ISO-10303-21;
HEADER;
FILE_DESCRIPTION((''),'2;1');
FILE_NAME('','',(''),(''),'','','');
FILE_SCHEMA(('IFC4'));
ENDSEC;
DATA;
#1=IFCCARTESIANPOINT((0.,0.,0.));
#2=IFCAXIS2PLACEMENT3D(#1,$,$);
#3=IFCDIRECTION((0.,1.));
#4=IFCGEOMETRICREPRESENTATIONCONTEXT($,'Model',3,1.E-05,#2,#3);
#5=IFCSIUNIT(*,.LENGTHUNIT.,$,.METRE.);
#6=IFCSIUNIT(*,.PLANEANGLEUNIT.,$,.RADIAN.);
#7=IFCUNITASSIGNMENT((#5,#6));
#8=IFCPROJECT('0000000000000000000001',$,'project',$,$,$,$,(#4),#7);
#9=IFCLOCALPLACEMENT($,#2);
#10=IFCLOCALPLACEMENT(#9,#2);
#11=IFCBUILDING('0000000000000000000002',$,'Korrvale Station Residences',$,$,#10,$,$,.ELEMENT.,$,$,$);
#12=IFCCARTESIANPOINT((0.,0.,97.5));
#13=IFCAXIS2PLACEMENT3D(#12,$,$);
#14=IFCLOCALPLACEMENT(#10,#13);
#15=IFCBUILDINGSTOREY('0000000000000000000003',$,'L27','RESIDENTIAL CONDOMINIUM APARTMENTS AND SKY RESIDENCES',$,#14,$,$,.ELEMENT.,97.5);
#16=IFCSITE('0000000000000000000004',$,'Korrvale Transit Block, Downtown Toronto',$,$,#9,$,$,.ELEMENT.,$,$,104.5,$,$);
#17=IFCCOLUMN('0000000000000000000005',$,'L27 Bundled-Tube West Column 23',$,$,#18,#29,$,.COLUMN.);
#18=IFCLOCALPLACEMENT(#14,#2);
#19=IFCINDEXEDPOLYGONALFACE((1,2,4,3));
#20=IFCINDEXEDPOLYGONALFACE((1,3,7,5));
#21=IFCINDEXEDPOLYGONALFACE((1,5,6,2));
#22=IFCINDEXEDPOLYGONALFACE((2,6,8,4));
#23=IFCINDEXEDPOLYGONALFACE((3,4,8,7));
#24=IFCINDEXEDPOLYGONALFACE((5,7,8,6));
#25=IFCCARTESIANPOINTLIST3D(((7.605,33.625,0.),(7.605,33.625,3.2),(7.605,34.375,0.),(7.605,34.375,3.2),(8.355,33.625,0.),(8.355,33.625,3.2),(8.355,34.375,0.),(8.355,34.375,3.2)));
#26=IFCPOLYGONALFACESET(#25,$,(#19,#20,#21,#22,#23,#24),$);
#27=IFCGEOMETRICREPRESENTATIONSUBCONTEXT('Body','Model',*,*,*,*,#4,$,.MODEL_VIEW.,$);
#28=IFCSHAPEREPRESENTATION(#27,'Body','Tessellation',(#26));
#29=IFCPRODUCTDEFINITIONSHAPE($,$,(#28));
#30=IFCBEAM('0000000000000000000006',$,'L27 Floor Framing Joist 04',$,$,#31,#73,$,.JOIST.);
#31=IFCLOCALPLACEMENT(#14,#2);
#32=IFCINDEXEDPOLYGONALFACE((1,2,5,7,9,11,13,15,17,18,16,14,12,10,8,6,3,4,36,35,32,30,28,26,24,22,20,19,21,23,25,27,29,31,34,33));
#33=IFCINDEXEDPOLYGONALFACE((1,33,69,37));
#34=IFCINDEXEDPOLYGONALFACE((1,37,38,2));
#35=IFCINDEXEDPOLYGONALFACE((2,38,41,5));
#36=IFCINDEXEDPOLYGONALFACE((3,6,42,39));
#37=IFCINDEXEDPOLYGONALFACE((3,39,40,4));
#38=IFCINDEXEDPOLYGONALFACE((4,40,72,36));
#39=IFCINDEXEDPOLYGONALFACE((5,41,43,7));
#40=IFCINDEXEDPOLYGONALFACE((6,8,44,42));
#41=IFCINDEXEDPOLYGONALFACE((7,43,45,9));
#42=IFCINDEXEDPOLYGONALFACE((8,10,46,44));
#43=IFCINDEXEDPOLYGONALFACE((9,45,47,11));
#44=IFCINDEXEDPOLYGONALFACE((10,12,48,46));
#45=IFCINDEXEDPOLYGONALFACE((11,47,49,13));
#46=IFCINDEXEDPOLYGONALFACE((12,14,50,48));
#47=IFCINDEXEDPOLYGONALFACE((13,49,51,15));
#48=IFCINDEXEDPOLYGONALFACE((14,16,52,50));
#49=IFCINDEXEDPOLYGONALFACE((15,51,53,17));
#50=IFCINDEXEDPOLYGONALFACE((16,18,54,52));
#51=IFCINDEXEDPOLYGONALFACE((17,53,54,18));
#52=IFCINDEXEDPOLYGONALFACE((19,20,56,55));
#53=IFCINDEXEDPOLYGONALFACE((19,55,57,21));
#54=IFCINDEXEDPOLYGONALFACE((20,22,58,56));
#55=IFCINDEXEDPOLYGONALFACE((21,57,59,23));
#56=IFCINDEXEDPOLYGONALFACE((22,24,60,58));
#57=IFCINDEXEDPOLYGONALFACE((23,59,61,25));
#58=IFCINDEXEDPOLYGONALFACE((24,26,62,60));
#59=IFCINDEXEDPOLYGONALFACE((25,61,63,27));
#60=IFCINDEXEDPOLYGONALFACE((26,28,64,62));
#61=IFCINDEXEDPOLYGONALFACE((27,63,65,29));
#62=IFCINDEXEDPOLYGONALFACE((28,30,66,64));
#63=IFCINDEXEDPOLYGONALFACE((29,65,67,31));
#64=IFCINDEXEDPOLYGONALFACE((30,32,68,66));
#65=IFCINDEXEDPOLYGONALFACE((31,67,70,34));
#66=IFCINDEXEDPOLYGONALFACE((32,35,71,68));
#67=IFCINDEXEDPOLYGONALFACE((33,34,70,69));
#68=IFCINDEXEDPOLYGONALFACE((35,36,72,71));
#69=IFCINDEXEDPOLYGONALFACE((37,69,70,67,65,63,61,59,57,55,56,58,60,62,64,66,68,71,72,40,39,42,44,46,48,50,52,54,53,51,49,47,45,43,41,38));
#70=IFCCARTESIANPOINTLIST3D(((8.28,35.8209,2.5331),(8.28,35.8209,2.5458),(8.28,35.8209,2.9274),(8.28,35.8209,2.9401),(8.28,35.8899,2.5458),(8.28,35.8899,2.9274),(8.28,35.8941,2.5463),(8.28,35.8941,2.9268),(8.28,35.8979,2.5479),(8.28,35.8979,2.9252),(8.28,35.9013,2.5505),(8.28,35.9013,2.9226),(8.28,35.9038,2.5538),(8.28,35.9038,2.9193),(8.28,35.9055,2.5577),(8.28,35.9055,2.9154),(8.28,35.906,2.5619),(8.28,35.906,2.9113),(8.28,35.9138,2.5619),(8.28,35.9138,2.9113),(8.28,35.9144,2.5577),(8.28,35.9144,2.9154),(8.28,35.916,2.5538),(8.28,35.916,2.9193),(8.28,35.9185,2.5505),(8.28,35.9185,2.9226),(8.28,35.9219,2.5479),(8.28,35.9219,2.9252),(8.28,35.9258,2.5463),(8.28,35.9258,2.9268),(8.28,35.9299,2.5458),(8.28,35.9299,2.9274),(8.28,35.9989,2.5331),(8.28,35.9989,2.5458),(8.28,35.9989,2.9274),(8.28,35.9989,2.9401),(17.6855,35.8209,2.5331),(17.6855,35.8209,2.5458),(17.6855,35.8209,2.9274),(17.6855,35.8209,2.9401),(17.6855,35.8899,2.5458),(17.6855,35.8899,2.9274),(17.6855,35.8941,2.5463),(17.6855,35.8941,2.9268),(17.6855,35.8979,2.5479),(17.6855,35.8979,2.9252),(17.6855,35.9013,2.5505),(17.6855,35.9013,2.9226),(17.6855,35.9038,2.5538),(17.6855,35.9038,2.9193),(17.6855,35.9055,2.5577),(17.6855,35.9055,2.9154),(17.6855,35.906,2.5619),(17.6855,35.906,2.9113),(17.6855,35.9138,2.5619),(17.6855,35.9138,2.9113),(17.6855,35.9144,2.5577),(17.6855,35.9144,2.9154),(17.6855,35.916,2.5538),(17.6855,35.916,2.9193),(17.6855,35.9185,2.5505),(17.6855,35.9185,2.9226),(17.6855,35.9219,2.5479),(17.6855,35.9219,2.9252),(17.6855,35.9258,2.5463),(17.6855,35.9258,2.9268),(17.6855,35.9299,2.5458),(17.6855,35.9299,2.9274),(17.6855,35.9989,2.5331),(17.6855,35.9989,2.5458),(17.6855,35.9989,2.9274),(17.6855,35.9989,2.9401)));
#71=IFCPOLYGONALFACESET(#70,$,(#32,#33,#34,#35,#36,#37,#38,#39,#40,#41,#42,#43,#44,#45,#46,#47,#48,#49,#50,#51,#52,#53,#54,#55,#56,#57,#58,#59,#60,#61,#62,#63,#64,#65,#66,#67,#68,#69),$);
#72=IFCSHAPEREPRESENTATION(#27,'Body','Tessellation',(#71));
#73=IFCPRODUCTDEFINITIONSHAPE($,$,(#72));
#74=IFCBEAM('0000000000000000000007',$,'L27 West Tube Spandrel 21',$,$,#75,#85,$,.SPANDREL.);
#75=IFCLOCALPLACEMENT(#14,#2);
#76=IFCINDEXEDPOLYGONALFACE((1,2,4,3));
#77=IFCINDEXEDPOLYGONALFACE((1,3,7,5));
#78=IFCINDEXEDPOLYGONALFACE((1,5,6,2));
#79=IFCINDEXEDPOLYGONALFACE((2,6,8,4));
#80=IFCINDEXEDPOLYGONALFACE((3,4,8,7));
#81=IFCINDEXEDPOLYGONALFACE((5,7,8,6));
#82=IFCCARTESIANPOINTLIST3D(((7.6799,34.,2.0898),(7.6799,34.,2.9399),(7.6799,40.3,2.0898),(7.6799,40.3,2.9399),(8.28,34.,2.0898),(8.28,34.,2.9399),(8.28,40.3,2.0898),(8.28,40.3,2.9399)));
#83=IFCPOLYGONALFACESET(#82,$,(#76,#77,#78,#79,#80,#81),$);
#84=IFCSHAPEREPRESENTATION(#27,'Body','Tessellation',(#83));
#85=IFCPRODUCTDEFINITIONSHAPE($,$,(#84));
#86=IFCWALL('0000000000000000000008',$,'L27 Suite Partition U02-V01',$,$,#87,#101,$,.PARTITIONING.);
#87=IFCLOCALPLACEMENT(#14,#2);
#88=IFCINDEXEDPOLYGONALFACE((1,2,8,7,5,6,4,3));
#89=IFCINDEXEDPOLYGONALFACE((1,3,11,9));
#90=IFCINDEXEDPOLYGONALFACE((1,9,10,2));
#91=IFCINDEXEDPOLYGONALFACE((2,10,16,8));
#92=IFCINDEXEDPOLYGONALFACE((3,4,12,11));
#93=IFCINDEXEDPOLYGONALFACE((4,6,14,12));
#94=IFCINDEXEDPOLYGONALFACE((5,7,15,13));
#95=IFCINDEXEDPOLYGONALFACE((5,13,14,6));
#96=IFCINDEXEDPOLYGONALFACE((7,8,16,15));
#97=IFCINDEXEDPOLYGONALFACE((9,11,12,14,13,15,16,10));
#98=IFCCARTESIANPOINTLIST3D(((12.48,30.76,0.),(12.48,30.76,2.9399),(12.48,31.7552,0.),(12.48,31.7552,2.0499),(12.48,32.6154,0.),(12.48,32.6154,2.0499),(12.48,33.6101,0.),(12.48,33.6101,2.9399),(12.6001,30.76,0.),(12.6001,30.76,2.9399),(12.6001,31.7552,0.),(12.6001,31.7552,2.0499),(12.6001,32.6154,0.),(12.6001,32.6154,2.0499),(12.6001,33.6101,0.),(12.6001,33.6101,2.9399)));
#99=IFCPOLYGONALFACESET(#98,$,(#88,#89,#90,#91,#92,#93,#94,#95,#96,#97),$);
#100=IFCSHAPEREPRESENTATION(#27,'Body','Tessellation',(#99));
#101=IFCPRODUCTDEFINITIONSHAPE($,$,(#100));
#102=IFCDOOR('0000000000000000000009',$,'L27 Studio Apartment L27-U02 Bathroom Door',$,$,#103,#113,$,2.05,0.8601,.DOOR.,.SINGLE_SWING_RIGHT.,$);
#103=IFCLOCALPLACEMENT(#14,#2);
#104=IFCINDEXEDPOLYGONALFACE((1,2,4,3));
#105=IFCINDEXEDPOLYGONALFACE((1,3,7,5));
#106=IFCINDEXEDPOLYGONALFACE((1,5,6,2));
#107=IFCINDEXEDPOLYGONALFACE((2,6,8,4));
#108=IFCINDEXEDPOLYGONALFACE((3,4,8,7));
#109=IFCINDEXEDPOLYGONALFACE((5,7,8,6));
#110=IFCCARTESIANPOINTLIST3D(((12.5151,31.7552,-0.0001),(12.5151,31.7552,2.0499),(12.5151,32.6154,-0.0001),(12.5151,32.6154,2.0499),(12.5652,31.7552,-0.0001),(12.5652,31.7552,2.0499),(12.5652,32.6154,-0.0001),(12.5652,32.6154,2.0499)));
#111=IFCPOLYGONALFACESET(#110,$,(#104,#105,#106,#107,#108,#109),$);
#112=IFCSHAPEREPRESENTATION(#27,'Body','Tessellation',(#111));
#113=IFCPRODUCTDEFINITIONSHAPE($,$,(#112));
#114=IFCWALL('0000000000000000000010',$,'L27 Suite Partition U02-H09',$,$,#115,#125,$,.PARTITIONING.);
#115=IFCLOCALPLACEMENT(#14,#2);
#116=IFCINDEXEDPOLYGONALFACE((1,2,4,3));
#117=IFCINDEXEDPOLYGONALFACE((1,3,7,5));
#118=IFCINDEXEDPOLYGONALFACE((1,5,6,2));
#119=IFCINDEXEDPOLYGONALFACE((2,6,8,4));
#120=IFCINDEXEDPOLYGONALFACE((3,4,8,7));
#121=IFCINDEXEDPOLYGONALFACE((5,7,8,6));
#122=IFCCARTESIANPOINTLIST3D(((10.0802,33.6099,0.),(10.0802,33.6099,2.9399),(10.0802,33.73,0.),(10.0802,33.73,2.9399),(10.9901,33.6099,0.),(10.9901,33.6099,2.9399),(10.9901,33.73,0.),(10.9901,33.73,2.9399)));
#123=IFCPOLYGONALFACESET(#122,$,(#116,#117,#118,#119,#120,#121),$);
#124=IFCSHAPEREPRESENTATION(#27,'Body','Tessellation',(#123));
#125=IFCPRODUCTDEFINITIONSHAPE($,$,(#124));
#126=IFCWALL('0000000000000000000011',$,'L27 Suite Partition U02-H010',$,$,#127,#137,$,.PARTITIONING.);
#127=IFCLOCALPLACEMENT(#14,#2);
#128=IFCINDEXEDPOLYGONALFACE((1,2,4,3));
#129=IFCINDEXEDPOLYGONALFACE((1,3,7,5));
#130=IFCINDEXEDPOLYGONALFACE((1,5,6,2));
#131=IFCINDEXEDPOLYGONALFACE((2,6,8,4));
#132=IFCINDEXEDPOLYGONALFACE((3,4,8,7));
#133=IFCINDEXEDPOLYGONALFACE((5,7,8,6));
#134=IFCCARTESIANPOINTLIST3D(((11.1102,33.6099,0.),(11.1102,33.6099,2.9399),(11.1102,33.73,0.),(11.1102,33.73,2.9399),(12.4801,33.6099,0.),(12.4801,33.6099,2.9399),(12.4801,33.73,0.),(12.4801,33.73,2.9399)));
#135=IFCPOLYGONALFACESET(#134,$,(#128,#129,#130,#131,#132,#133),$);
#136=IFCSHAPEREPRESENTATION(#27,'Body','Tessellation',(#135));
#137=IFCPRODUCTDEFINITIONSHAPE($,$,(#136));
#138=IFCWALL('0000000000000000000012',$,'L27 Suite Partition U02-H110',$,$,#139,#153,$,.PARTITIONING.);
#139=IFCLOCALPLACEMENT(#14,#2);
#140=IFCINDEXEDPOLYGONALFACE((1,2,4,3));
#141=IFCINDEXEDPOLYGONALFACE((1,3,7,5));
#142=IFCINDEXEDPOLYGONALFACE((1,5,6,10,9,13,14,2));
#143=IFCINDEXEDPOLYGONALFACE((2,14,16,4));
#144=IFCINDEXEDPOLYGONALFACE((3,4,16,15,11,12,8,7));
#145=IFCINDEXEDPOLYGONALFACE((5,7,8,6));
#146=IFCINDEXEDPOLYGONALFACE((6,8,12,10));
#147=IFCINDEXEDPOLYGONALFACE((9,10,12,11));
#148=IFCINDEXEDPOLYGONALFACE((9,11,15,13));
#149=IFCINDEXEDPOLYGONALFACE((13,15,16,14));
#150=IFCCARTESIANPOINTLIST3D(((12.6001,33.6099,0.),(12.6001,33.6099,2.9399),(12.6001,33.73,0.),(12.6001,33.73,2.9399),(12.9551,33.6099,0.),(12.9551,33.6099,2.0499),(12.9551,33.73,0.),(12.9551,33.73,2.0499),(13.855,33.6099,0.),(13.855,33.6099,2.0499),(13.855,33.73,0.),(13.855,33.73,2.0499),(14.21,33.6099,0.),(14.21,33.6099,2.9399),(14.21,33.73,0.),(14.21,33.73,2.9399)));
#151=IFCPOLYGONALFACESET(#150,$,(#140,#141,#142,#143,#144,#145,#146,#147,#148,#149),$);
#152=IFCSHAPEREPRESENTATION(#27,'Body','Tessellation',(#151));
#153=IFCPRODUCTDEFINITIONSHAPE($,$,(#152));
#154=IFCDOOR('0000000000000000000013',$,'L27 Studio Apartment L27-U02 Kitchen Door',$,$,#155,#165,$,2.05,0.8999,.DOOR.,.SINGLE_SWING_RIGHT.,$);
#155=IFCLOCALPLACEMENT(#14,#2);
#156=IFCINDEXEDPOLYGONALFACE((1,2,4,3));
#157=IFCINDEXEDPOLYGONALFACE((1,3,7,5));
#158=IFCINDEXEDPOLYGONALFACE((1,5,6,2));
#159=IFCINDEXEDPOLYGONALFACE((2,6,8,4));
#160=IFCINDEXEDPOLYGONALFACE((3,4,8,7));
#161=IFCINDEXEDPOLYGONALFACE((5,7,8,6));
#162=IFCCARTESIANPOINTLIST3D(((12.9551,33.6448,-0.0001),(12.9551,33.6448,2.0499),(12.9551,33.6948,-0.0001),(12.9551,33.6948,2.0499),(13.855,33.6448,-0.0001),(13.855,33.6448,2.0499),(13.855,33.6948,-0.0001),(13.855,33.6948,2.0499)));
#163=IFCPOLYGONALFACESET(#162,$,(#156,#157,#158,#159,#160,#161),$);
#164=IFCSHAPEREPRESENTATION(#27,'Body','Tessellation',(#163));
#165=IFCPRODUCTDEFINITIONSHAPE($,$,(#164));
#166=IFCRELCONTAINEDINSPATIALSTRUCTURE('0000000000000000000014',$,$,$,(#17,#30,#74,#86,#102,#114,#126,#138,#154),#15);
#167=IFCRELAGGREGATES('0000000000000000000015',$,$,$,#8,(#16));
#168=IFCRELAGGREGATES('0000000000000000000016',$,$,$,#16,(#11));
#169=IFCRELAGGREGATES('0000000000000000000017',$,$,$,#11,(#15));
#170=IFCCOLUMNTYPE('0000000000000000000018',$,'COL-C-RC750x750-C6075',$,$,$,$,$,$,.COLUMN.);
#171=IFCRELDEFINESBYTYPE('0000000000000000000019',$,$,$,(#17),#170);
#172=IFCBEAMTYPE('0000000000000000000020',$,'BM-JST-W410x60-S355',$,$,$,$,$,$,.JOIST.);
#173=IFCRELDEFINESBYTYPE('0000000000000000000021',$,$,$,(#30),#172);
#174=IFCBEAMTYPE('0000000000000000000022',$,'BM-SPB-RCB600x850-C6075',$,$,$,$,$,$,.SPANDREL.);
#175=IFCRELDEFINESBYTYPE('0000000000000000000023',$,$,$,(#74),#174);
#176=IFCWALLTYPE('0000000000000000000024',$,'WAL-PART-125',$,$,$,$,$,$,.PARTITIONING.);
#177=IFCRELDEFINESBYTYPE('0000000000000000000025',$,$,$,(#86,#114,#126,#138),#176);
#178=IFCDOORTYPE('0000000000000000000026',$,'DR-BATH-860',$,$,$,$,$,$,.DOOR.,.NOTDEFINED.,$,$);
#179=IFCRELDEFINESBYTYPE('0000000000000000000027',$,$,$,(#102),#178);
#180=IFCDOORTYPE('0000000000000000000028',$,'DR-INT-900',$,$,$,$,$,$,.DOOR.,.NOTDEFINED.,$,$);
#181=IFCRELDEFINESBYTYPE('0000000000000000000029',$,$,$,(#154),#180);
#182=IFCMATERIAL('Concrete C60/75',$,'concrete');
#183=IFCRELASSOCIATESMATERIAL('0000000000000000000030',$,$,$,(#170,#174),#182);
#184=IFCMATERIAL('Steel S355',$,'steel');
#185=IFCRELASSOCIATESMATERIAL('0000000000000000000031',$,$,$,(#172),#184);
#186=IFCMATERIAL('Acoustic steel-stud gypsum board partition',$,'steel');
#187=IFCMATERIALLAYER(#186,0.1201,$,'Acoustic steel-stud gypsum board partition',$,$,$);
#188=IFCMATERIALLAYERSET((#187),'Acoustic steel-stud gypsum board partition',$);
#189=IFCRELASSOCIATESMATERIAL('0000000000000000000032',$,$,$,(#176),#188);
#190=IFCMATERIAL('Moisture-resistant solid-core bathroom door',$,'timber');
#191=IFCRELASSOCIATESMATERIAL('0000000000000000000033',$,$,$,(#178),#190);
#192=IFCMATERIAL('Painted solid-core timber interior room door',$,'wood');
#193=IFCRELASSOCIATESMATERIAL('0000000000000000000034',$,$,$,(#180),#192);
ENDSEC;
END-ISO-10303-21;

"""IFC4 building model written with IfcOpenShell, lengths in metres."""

from ifc_helpers import new_model, si_unit, direction, frame, frame_2d, origin, origin_2d, place, context, subcontext, project, spatial, rectangle, i_section, extrude, material, layer, layer_set, material_profile, profile_set, type_object, element, fill, save


model = new_model("IFC4")

# Units and contexts
model_context = context("Model", 3, precision=1e-05, world=origin(), true_north=direction((0.0, 1.0)))
body_context = subcontext(model_context, "Body", "Model", "MODEL_VIEW")
ifc_project = project(units=[si_unit("LENGTHUNIT", "METRE"), si_unit("PLANEANGLEUNIT", "RADIAN")], contexts=[model_context])

# Site, building, storey
site_placement = place(None, origin())
site = spatial("IfcSite", under=ifc_project, at=site_placement, Name="Korrvale Transit Block, Downtown Toronto", CompositionType="ELEMENT", RefElevation=104.5)
building_placement = place(site_placement, origin())
building = spatial("IfcBuilding", under=site, at=building_placement, Name="Korrvale Station Residences", CompositionType="ELEMENT")
storey_placement = place(building_placement, frame((0.0, 0.0, 97.5)))
storey = spatial("IfcBuildingStorey", under=building, at=storey_placement, Name="L27", Description="RESIDENTIAL CONDOMINIUM APARTMENTS AND SKY RESIDENCES", CompositionType="ELEMENT", Elevation=97.5)

# Column
ifc_material_1 = material(Name="Concrete C60/75", Category="concrete")
ifc_material_profile_1 = material_profile(ifc_material_1, rectangle(XDim=0.75, YDim=0.75, at=origin_2d()), Name="RC750x750")
ifc_profile_set_1 = profile_set([ifc_material_profile_1], Name="Concrete C60/75")
column_type = type_object("IfcColumnType", Name="COL-C-RC750x750-C6075", PredefinedType="COLUMN", material=ifc_profile_set_1)
column_placement = place(storey_placement, frame((7.98, 34.0, 0.0), z_axis=(0.0, 0.0, 1.0), x_axis=(1.0, 0.0, 0.0)))
element("IfcColumn", 1, at=column_placement, inside=storey, type_object=column_type, Name="L27 Bundled-Tube West Column 23", PredefinedType="COLUMN", context=body_context, shape_type="SweptSolid", body=[
    extrude(rectangle(XDim=0.75, YDim=0.75, at=origin_2d()), origin(), (0.0, 0.0, 1.0), 3.2),
])

# Beams
ifc_material_2 = material(Name="Steel S355", Category="steel")
ifc_material_profile_2 = material_profile(ifc_material_2, i_section(OverallWidth=0.178, OverallDepth=0.407, WebThickness=0.0078, FlangeThickness=0.0127, FilletRadius=0.0161, at=origin_2d()), Name="W410x60")
ifc_profile_set_2 = profile_set([ifc_material_profile_2], Name="Steel S355")
beam_type_1 = type_object("IfcBeamType", Name="BM-JST-W410x60-S355", PredefinedType="JOIST", material=ifc_profile_set_2)
beam_1_placement = place(storey_placement, frame((8.28, 35.9099, 2.7366), z_axis=(1.0, 0.0, 0.0), x_axis=(0.0, 1.0, 0.0)))
element("IfcBeam", 2, at=beam_1_placement, inside=storey, type_object=beam_type_1, Name="L27 Floor Framing Joist 04", PredefinedType="JOIST", context=body_context, shape_type="SweptSolid", body=[
    extrude(i_section(OverallWidth=0.178, OverallDepth=0.407, WebThickness=0.0078, FlangeThickness=0.0127, FilletRadius=0.0161, at=origin_2d()), origin(), (0.0, 0.0, 1.0), 9.4055),
])
ifc_material_profile_3 = material_profile(ifc_material_1, rectangle(XDim=0.6001, YDim=0.8501, at=origin_2d()), Name="RCB600x850")
ifc_profile_set_3 = profile_set([ifc_material_profile_3], Name="Concrete C60/75")
beam_type_2 = type_object("IfcBeamType", Name="BM-SPB-RCB600x850-C6075", PredefinedType="SPANDREL", material=ifc_profile_set_3)
beam_2_placement = place(storey_placement, frame((7.98, 34.0, 2.5149), z_axis=(0.0, 1.0, 0.0), x_axis=(-1.0, 0.0, 0.0)))
element("IfcBeam", 3, at=beam_2_placement, inside=storey, type_object=beam_type_2, Name="L27 West Tube Spandrel 21", PredefinedType="SPANDREL", context=body_context, shape_type="SweptSolid", body=[
    extrude(rectangle(XDim=0.6001, YDim=0.8501, at=origin_2d()), origin(), (0.0, 0.0, 1.0), 6.3),
])

# Wall, opening, door
ifc_material_3 = material(Name="Acoustic steel-stud gypsum board partition", Category="steel")
ifc_layer_1 = layer(ifc_material_3, 0.1201, Name="Acoustic steel-stud gypsum board partition")
ifc_layer_set_1 = layer_set([ifc_layer_1], Name="Acoustic steel-stud gypsum board partition")
wall_type_1 = type_object("IfcWallType", Name="WAL-PART-125", PredefinedType="PARTITIONING", material=ifc_layer_set_1)
wall_1_placement = place(storey_placement, frame((12.54, 30.76, 0.0), z_axis=(0.0, 0.0, 1.0), x_axis=(0.0, 1.0, 0.0)))
wall_1 = element("IfcWall", 4, at=wall_1_placement, inside=storey, type_object=wall_type_1, Name="L27 Suite Partition U02-V01", PredefinedType="PARTITIONING", context=body_context, shape_type="SweptSolid", body=[
    extrude(rectangle(XDim=2.8501, YDim=0.1201, at=frame_2d((1.425, 0.0))), origin(), (0.0, 0.0, 1.0), 2.9399),
])
opening_1_placement = place(wall_1_placement, frame((0.9951, 0.0, 0.0)))
opening_1 = element("IfcOpeningElement", 5, at=opening_1_placement, cuts=wall_1, PredefinedType="OPENING", context=body_context, shape_type="SweptSolid", body=[
    extrude(rectangle(XDim=0.8601, YDim=2.05, at=frame_2d((0.4302, 1.0249))), frame((0.0, 0.0701, 0.0), z_axis=(0.0, -1.0, 0.0), x_axis=(1.0, 0.0, 0.0)), (0.0, 0.0, 1.0), 0.1401),
])
ifc_material_4 = material(Name="Moisture-resistant solid-core bathroom door", Category="timber")
door_type_1 = type_object("IfcDoorType", Name="DR-BATH-860", OperationType="NOTDEFINED", PredefinedType="DOOR", material=ifc_material_4)
door_1_placement = place(opening_1_placement, origin())
door_1 = element("IfcDoor", 6, at=door_1_placement, inside=storey, type_object=door_type_1, Name="L27 Studio Apartment L27-U02 Bathroom Door", OperationType="SINGLE_SWING_RIGHT", OverallHeight=2.05, OverallWidth=0.8601, PredefinedType="DOOR", context=body_context, shape_type="SweptSolid", body=[
    extrude(rectangle(XDim=0.8601, YDim=2.05, at=frame_2d((0.4302, 1.0249))), frame((0.0, 0.0249, 0.0), z_axis=(0.0, -1.0, 0.0), x_axis=(1.0, 0.0, 0.0)), (0.0, 0.0, 1.0), 0.05),
])
fill(opening_1, door_1)

# Walls
wall_2_placement = place(storey_placement, frame((10.0801, 33.6699, 0.0), z_axis=(0.0, 0.0, 1.0), x_axis=(1.0, 0.0, 0.0)))
element("IfcWall", 7, at=wall_2_placement, inside=storey, type_object=wall_type_1, Name="L27 Suite Partition U02-H09", PredefinedType="PARTITIONING", context=body_context, shape_type="SweptSolid", body=[
    extrude(rectangle(XDim=0.9099, YDim=0.1201, at=frame_2d((0.4551, 0.0))), origin(), (0.0, 0.0, 1.0), 2.9399),
])
wall_3_placement = place(storey_placement, frame((11.1101, 33.6699, 0.0), z_axis=(0.0, 0.0, 1.0), x_axis=(1.0, 0.0, 0.0)))
element("IfcWall", 8, at=wall_3_placement, inside=storey, type_object=wall_type_1, Name="L27 Suite Partition U02-H010", PredefinedType="PARTITIONING", context=body_context, shape_type="SweptSolid", body=[
    extrude(rectangle(XDim=1.3699, YDim=0.1201, at=frame_2d((0.6851, 0.0))), origin(), (0.0, 0.0, 1.0), 2.9399),
])

# Wall, opening, door
wall_4_placement = place(storey_placement, frame((12.6001, 33.6699, 0.0), z_axis=(0.0, 0.0, 1.0), x_axis=(1.0, 0.0, 0.0)))
wall_4 = element("IfcWall", 9, at=wall_4_placement, inside=storey, type_object=wall_type_1, Name="L27 Suite Partition U02-H110", PredefinedType="PARTITIONING", context=body_context, shape_type="SweptSolid", body=[
    extrude(rectangle(XDim=1.6099, YDim=0.1201, at=frame_2d((0.8049, 0.0))), origin(), (0.0, 0.0, 1.0), 2.9399),
])
opening_2_placement = place(wall_4_placement, frame((0.355, 0.0, 0.0)))
opening_2 = element("IfcOpeningElement", 10, at=opening_2_placement, cuts=wall_4, PredefinedType="OPENING", context=body_context, shape_type="SweptSolid", body=[
    extrude(rectangle(XDim=0.8999, YDim=2.05, at=frame_2d((0.45, 1.0249))), frame((0.0, 0.0701, 0.0), z_axis=(0.0, -1.0, 0.0), x_axis=(1.0, 0.0, 0.0)), (0.0, 0.0, 1.0), 0.1401),
])
ifc_material_5 = material(Name="Painted solid-core timber interior room door", Category="wood")
door_type_2 = type_object("IfcDoorType", Name="DR-INT-900", OperationType="NOTDEFINED", PredefinedType="DOOR", material=ifc_material_5)
door_2_placement = place(opening_2_placement, origin())
door_2 = element("IfcDoor", 11, at=door_2_placement, inside=storey, type_object=door_type_2, Name="L27 Studio Apartment L27-U02 Kitchen Door", OperationType="SINGLE_SWING_RIGHT", OverallHeight=2.05, OverallWidth=0.8999, PredefinedType="DOOR", context=body_context, shape_type="SweptSolid", body=[
    extrude(rectangle(XDim=0.8999, YDim=2.05, at=frame_2d((0.45, 1.0249))), frame((0.0, 0.0249, 0.0), z_axis=(0.0, -1.0, 0.0), x_axis=(1.0, 0.0, 0.0)), (0.0, 0.0, 1.0), 0.05),
])
fill(opening_2, door_2)

save(model, "model.ifc")
